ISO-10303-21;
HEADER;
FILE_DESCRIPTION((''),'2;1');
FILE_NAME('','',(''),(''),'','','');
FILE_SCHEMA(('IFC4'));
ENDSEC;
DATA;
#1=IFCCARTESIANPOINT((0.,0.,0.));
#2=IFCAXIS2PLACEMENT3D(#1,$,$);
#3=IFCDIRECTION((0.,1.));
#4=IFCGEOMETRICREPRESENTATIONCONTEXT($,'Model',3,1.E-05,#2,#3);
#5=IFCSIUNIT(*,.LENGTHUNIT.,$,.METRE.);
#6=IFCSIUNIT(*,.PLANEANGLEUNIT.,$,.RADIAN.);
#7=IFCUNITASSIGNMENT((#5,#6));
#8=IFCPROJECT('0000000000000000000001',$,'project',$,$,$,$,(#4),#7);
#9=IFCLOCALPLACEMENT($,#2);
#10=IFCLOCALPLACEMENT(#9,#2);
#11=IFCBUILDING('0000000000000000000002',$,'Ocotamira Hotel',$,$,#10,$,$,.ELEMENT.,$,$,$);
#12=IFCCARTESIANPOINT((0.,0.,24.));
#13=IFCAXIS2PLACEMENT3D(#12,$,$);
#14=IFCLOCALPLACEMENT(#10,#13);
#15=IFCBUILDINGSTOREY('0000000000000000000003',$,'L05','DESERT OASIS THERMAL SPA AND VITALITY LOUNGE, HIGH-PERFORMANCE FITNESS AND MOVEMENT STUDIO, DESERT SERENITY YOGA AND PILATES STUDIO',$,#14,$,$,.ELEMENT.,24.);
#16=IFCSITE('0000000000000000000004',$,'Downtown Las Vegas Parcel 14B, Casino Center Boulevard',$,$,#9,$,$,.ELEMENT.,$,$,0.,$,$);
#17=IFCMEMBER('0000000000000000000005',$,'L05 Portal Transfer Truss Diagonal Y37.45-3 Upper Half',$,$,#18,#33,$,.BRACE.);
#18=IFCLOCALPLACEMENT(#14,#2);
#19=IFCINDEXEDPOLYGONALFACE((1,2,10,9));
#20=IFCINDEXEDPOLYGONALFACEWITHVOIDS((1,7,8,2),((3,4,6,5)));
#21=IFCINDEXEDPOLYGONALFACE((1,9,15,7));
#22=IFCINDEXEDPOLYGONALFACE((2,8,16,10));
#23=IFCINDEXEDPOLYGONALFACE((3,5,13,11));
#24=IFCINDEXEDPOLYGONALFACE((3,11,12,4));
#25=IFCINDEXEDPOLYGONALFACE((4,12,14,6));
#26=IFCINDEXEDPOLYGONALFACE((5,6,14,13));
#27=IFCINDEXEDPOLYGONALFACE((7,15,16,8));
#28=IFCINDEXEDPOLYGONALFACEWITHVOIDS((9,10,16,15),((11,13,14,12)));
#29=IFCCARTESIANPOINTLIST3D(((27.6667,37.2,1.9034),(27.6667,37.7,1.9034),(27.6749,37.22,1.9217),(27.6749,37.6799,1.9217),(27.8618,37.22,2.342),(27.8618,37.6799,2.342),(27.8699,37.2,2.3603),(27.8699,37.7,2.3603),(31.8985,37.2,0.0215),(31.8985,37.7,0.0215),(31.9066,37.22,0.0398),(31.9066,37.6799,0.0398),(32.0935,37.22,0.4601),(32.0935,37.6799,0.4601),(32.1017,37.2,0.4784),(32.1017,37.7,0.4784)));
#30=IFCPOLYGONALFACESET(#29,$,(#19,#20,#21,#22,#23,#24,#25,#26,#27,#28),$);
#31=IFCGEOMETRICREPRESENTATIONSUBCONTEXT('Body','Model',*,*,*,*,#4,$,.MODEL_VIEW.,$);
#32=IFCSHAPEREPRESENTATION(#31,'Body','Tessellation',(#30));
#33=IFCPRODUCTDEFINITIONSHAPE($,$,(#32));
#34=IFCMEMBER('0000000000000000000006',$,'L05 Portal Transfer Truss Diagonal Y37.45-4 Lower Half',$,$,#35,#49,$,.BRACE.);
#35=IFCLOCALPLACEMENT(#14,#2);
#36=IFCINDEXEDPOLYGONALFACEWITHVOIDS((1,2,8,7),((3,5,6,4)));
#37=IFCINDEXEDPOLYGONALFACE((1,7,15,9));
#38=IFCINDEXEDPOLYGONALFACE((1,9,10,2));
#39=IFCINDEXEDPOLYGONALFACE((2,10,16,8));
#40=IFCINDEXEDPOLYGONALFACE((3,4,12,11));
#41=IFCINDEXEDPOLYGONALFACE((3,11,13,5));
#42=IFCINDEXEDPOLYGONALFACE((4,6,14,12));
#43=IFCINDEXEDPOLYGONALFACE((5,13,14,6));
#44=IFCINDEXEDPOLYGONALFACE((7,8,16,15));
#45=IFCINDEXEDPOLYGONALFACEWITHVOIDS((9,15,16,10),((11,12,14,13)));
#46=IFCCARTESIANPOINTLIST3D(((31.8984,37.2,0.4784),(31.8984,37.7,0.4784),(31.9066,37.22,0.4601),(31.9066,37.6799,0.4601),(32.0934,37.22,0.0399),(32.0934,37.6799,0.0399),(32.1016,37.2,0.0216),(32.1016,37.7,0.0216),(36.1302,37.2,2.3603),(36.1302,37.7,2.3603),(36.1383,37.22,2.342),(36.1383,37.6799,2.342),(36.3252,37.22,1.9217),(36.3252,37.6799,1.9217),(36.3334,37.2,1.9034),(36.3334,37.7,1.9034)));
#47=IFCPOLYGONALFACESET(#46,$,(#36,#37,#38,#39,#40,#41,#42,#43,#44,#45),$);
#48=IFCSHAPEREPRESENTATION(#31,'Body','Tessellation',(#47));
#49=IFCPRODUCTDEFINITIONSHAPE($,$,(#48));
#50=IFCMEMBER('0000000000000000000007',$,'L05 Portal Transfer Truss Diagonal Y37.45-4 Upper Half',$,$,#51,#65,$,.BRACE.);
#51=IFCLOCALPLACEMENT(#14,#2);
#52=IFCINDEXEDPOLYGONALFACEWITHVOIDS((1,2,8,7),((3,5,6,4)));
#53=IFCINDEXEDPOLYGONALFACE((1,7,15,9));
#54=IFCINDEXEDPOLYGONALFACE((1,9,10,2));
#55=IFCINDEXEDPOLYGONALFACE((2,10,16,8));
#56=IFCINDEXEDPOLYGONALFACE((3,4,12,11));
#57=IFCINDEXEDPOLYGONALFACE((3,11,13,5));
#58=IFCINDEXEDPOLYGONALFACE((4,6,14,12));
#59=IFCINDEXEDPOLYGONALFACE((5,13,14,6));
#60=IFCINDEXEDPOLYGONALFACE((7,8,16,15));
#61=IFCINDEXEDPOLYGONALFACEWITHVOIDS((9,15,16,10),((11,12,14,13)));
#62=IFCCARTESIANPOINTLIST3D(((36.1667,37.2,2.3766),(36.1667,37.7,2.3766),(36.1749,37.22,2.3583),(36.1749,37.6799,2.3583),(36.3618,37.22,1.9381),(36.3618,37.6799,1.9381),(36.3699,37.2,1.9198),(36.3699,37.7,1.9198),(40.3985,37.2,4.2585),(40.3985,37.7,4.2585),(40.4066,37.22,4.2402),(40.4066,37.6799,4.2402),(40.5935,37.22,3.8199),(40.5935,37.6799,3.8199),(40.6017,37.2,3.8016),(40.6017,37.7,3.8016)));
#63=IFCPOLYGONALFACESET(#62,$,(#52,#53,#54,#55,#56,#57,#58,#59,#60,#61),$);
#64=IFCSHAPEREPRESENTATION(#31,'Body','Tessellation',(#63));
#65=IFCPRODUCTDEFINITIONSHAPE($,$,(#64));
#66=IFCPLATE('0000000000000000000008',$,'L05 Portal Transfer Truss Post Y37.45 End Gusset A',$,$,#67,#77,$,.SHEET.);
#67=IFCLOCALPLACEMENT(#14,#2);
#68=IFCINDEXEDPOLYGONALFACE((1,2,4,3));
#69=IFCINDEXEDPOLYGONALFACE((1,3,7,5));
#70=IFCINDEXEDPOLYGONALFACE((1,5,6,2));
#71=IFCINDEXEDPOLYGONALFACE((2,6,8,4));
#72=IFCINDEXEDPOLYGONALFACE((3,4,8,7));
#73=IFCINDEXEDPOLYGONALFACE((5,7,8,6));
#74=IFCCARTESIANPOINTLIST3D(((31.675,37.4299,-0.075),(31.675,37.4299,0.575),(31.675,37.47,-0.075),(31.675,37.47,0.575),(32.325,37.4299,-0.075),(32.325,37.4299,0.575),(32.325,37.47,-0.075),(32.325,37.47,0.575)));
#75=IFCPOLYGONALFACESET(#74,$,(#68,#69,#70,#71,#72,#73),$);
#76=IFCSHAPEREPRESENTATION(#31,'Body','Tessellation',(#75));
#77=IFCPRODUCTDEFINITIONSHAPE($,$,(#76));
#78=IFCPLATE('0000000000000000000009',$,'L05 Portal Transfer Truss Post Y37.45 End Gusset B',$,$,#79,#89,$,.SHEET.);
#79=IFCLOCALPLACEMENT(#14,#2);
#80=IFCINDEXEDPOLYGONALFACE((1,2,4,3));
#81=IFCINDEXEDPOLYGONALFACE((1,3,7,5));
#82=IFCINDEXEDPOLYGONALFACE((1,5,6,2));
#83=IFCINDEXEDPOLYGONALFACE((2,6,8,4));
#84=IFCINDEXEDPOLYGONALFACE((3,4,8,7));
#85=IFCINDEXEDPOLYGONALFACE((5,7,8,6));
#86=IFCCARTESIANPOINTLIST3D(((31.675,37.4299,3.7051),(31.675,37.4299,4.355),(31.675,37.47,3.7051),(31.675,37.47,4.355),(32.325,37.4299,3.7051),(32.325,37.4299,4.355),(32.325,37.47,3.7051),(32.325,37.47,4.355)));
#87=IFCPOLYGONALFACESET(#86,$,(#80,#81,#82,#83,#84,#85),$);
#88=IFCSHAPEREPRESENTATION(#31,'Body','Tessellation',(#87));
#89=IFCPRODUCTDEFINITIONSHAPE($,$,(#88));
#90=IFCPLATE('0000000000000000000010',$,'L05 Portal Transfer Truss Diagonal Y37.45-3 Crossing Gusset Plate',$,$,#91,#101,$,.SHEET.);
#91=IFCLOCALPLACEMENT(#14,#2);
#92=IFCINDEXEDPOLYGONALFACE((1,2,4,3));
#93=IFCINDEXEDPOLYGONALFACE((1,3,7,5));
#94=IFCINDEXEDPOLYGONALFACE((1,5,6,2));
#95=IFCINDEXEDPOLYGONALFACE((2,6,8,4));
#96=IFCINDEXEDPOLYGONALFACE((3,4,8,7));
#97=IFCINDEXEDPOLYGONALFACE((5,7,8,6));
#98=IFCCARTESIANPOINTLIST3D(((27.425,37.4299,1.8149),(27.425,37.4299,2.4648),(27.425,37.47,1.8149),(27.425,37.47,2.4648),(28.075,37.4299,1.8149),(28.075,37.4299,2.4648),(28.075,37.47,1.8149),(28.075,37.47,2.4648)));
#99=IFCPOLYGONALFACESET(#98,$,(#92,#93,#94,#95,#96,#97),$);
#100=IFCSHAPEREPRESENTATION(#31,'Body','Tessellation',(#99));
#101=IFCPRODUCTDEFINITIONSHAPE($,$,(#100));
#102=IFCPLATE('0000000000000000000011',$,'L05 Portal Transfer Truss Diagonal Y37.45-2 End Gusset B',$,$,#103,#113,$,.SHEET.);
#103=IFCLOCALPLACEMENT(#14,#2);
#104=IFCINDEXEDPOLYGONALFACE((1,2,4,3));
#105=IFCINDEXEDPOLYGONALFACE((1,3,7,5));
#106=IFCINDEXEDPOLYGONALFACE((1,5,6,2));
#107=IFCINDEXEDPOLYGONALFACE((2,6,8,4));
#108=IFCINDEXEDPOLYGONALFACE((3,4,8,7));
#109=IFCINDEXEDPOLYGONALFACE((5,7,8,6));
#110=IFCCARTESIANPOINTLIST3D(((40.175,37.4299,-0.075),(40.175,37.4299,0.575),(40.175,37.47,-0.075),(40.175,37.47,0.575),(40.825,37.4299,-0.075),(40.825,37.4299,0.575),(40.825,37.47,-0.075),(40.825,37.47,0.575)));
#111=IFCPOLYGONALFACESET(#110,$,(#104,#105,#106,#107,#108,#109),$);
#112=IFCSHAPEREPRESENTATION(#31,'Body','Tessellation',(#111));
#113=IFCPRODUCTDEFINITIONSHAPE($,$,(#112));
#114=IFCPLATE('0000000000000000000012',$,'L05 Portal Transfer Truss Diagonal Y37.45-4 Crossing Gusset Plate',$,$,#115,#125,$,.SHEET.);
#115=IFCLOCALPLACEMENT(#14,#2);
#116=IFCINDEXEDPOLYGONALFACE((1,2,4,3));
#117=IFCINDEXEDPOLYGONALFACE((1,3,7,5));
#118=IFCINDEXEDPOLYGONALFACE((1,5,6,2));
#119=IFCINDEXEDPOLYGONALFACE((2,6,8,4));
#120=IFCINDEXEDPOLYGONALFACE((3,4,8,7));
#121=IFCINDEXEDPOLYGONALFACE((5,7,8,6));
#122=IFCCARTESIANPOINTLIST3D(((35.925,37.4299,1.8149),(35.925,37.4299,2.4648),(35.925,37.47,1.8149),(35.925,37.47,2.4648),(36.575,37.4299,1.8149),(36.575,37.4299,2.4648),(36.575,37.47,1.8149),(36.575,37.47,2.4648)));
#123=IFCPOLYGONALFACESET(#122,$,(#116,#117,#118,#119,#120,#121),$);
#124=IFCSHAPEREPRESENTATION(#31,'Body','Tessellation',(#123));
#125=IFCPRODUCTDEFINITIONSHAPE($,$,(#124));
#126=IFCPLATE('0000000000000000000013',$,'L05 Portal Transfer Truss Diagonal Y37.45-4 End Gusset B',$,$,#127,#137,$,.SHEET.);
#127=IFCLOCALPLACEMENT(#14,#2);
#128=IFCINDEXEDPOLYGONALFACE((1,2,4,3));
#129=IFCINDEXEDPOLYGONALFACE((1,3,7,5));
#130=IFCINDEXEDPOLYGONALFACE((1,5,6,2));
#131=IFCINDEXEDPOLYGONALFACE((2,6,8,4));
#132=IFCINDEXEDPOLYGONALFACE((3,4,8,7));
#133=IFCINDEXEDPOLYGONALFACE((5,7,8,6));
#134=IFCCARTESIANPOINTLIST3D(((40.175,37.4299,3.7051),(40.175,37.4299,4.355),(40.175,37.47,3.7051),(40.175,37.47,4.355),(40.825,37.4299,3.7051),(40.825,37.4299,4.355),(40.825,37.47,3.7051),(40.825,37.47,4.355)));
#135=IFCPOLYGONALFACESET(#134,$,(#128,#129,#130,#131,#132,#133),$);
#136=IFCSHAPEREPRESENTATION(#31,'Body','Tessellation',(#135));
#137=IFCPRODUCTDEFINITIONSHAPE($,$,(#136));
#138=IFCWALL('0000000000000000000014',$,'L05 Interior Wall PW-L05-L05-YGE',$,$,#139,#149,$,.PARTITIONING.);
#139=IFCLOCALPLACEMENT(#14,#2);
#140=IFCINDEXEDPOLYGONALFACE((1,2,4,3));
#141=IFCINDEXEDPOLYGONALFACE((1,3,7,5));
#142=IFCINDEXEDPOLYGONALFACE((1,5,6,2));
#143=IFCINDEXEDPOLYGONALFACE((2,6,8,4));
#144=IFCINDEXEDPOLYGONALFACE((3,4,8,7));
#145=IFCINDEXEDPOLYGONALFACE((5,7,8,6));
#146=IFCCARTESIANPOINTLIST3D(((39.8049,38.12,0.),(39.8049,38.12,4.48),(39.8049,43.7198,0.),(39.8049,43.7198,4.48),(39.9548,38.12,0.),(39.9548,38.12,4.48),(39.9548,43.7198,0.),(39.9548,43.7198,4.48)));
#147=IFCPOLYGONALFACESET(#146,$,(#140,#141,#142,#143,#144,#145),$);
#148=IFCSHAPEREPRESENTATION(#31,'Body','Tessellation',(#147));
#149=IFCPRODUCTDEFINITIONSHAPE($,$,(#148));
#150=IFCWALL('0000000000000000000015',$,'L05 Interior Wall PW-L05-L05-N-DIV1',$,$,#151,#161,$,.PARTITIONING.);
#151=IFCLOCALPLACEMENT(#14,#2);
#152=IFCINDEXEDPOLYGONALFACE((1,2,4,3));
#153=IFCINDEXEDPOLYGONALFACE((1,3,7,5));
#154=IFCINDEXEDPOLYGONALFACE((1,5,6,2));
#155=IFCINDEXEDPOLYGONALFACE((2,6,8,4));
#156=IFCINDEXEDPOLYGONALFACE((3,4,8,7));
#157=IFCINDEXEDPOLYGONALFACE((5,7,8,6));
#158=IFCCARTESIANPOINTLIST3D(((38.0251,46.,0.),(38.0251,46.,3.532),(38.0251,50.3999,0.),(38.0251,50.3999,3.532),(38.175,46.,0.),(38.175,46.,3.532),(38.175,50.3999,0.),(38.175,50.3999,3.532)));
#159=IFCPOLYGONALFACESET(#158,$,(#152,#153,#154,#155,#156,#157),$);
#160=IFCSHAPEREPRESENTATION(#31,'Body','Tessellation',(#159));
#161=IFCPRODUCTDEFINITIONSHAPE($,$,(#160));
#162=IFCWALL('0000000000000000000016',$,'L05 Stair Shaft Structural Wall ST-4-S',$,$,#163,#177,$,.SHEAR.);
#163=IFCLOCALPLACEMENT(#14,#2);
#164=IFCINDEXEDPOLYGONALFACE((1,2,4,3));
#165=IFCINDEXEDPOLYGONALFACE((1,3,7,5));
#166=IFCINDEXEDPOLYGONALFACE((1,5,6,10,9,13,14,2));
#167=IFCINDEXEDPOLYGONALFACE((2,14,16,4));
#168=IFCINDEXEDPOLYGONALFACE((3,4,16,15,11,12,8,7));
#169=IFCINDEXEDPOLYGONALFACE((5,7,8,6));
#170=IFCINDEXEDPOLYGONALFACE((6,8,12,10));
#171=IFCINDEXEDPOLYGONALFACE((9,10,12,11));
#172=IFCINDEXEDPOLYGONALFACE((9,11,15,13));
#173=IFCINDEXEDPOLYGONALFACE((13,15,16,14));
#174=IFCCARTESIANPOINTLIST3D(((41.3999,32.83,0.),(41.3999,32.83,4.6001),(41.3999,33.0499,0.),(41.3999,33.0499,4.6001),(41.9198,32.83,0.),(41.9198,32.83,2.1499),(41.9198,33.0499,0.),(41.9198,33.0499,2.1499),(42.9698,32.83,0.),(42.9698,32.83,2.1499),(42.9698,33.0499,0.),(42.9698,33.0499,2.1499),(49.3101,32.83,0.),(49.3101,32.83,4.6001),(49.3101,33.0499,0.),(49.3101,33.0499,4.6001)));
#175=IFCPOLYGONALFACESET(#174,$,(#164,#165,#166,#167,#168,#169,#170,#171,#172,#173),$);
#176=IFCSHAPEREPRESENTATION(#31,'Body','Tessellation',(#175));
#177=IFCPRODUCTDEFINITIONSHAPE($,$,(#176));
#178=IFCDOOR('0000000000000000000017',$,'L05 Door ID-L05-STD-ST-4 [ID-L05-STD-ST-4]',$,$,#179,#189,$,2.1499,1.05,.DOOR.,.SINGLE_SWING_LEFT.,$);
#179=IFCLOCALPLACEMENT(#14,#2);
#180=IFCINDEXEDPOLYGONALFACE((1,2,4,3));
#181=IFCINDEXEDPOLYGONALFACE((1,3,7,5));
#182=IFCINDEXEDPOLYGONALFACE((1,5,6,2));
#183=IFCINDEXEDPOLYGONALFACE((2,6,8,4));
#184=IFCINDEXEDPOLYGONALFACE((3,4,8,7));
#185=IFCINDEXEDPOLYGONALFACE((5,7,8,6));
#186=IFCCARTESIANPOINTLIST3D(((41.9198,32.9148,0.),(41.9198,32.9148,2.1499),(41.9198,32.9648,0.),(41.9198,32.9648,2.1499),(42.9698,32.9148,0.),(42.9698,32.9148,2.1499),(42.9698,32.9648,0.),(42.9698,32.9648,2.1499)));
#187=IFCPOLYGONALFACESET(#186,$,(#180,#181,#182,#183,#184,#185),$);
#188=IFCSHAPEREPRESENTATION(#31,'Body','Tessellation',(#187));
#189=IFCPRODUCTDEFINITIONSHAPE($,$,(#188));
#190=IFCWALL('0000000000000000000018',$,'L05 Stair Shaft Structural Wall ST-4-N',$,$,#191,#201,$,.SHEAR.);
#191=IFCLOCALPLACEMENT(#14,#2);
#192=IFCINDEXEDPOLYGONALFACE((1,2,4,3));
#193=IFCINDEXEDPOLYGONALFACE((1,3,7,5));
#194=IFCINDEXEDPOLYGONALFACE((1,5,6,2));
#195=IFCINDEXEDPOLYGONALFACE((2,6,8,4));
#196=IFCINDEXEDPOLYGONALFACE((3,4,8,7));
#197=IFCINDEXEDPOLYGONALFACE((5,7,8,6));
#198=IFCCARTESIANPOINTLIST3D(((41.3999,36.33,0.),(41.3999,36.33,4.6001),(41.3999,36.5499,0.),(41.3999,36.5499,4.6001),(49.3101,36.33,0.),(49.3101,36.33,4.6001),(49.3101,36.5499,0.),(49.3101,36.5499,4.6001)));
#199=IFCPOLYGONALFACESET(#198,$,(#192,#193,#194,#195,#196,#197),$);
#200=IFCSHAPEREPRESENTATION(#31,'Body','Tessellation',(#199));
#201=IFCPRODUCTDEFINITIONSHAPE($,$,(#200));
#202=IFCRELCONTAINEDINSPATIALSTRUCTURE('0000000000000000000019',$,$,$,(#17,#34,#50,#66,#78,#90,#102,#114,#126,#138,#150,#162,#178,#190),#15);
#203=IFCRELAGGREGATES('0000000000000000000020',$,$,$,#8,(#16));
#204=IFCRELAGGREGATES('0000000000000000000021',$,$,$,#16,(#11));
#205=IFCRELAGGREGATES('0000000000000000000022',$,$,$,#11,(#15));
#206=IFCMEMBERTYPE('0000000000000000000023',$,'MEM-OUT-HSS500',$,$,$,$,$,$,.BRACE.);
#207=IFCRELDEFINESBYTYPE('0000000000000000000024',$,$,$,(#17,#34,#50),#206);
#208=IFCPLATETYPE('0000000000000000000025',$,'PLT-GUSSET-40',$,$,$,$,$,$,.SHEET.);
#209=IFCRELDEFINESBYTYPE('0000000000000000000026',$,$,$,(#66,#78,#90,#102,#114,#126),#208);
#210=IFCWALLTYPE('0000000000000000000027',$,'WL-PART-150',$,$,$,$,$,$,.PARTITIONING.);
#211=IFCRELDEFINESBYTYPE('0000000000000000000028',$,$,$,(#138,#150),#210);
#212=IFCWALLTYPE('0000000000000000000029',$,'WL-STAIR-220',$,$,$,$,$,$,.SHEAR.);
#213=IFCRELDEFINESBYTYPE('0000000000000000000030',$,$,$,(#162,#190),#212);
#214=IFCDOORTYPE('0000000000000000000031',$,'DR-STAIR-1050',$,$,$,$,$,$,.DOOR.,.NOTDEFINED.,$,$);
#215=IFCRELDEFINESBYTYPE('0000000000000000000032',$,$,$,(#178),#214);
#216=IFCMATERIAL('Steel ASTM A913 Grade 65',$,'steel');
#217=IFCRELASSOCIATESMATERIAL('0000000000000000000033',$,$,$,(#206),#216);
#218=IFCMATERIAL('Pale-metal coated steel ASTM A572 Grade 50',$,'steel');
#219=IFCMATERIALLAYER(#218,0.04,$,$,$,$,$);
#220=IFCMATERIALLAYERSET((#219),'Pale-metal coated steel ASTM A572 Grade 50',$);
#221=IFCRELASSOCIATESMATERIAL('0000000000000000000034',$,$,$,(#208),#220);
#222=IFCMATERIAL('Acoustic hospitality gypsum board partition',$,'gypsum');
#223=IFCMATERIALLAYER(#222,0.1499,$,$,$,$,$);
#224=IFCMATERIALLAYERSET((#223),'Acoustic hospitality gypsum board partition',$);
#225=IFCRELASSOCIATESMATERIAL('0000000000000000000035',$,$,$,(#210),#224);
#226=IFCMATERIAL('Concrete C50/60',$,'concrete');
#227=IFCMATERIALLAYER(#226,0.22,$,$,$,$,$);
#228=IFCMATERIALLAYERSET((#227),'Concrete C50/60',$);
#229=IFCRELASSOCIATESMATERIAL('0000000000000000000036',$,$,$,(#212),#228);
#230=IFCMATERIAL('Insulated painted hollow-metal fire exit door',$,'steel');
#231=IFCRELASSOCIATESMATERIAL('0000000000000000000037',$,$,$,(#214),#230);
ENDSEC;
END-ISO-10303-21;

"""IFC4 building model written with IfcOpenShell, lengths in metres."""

from ifc_helpers import new_model, si_unit, direction, frame, frame_2d, origin, origin_2d, place, context, subcontext, project, spatial, rectangle, hollow_rectangle, extrude, source, transform, mapped, material, layer, layer_set, material_profile, profile_set, type_object, element, fill, save


model = new_model("IFC4")

# Units and contexts
model_context = context("Model", 3, precision=1e-05, world=origin(), true_north=direction((0.0, 1.0)))
body_context = subcontext(model_context, "Body", "Model", "MODEL_VIEW")
ifc_project = project(units=[si_unit("LENGTHUNIT", "METRE"), si_unit("PLANEANGLEUNIT", "RADIAN")], contexts=[model_context])

# Site, building, storey
site_placement = place(None, origin())
site = spatial("IfcSite", under=ifc_project, at=site_placement, Name="Downtown Las Vegas Parcel 14B, Casino Center Boulevard", CompositionType="ELEMENT", RefElevation=0.0)
building_placement = place(site_placement, origin())
building = spatial("IfcBuilding", under=site, at=building_placement, Name="Ocotamira Hotel", CompositionType="ELEMENT")
storey_placement = place(building_placement, frame((0.0, 0.0, 24.0)))
storey = spatial("IfcBuildingStorey", under=building, at=storey_placement, Name="L05", Description="DESERT OASIS THERMAL SPA AND VITALITY LOUNGE, HIGH-PERFORMANCE FITNESS AND MOVEMENT STUDIO, DESERT SERENITY YOGA AND PILATES STUDIO", CompositionType="ELEMENT", Elevation=24.0)

# Members
ifc_material_1 = material(Name="Steel ASTM A913 Grade 65", Category="steel")
ifc_material_profile_1 = material_profile(ifc_material_1, hollow_rectangle(XDim=0.5, YDim=0.5, WallThickness=0.02, at=origin_2d()), Name="HSS500X500X20")
ifc_profile_set_1 = profile_set([ifc_material_profile_1], Name="Steel ASTM A913 Grade 65")
member_type_1 = type_object("IfcMemberType", Name="MEM-OUT-HSS500", PredefinedType="BRACE", material=ifc_profile_set_1)
shared_shape_1 = source(origin(), body_context, "Body", "SweptSolid", [
    extrude(hollow_rectangle(XDim=0.5, YDim=0.5, WallThickness=0.02, at=origin_2d()), origin(), (0.0, 0.0, 1.0), 4.6313),
])
for number, where, z_axis, x_axis, name in (
    (1, (27.7683, 37.45, 2.1318), (0.913725, 0.0, -0.406334), (0.0, 1.0, 0.0), "L05 Portal Transfer Truss Diagonal Y37.45-3 Upper Half"),
    (2, (32.0, 37.45, 0.25), (0.913725, 0.0, 0.406334), (0.0, 1.0, 0.0), "L05 Portal Transfer Truss Diagonal Y37.45-4 Lower Half"),
    (3, (36.2683, 37.45, 2.1482), (0.913725, 0.0, 0.406334), (0.0, 1.0, 0.0), "L05 Portal Transfer Truss Diagonal Y37.45-4 Upper Half"),
):
    element("IfcMember", number, at=place(storey_placement, frame(where, z_axis=z_axis, x_axis=x_axis)), inside=storey, type_object=member_type_1, Name=name, PredefinedType="BRACE", context=body_context, shape_type="MappedRepresentation", body=[
        mapped(shared_shape_1, transform((0.0, 0.0, 0.0), scale=1.0)),
    ])

# Plates
ifc_material_2 = material(Name="Pale-metal coated steel ASTM A572 Grade 50", Category="steel")
ifc_layer_1 = layer(ifc_material_2, 0.04)
ifc_layer_set_1 = layer_set([ifc_layer_1], Name="Pale-metal coated steel ASTM A572 Grade 50")
plate_type = type_object("IfcPlateType", Name="PLT-GUSSET-40", PredefinedType="SHEET", material=ifc_layer_set_1)
shared_shape_2 = source(origin(), body_context, "Body", "SweptSolid", [
    extrude(rectangle(XDim=0.6499, YDim=0.04, at=origin_2d()), origin(), (0.0, 0.0, 1.0), 0.6499),
])
for number, where, z_axis, x_axis, name in (
    (4, (32.0, 37.45, -0.075), (0.0, 0.0, 1.0), (1.0, 0.0, 0.0), "L05 Portal Transfer Truss Post Y37.45 End Gusset A"),
    (5, (32.0, 37.45, 3.7051), (0.0, 0.0, 1.0), (1.0, 0.0, 0.0), "L05 Portal Transfer Truss Post Y37.45 End Gusset B"),
    (6, (27.75, 37.45, 1.8149), (0.0, 0.0, 1.0), (1.0, 0.0, 0.0), "L05 Portal Transfer Truss Diagonal Y37.45-3 Crossing Gusset Plate"),
    (7, (40.5, 37.45, -0.075), (0.0, 0.0, 1.0), (1.0, 0.0, 0.0), "L05 Portal Transfer Truss Diagonal Y37.45-2 End Gusset B"),
    (8, (36.25, 37.45, 1.8149), (0.0, 0.0, 1.0), (1.0, 0.0, 0.0), "L05 Portal Transfer Truss Diagonal Y37.45-4 Crossing Gusset Plate"),
    (9, (40.5, 37.45, 3.7051), (0.0, 0.0, 1.0), (1.0, 0.0, 0.0), "L05 Portal Transfer Truss Diagonal Y37.45-4 End Gusset B"),
):
    element("IfcPlate", number, at=place(storey_placement, frame(where, z_axis=z_axis, x_axis=x_axis)), inside=storey, type_object=plate_type, Name=name, PredefinedType="SHEET", context=body_context, shape_type="MappedRepresentation", body=[
        mapped(shared_shape_2, transform((0.0, 0.0, 0.0), scale=1.0)),
    ])

# Walls
ifc_material_3 = material(Name="Acoustic hospitality gypsum board partition", Category="gypsum")
ifc_layer_2 = layer(ifc_material_3, 0.1499)
ifc_layer_set_2 = layer_set([ifc_layer_2], Name="Acoustic hospitality gypsum board partition")
wall_type_1 = type_object("IfcWallType", Name="WL-PART-150", PredefinedType="PARTITIONING", material=ifc_layer_set_2)
wall_1_placement = place(storey_placement, frame((39.8799, 38.1201, 0.0), z_axis=(0.0, 0.0, 1.0), x_axis=(0.0, 1.0, 0.0)))
element("IfcWall", 10, at=wall_1_placement, inside=storey, type_object=wall_type_1, Name="L05 Interior Wall PW-L05-L05-YGE", PredefinedType="PARTITIONING", context=body_context, shape_type="SweptSolid", body=[
    extrude(rectangle(XDim=5.5999, YDim=0.1499, at=frame_2d((2.7998, 0.0))), origin(), (0.0, 0.0, 1.0), 4.48),
])
wall_2_placement = place(storey_placement, frame((38.1001, 46.0, 0.0), z_axis=(0.0, 0.0, 1.0), x_axis=(0.0, 1.0, 0.0)))
element("IfcWall", 11, at=wall_2_placement, inside=storey, type_object=wall_type_1, Name="L05 Interior Wall PW-L05-L05-N-DIV1", PredefinedType="PARTITIONING", context=body_context, shape_type="SweptSolid", body=[
    extrude(rectangle(XDim=4.3999, YDim=0.1499, at=frame_2d((2.2, 0.0))), origin(), (0.0, 0.0, 1.0), 3.532),
])

# Wall, opening, door
ifc_material_4 = material(Name="Concrete C50/60", Category="concrete")
ifc_layer_3 = layer(ifc_material_4, 0.22)
ifc_layer_set_3 = layer_set([ifc_layer_3], Name="Concrete C50/60")
wall_type_2 = type_object("IfcWallType", Name="WL-STAIR-220", PredefinedType="SHEAR", material=ifc_layer_set_3)
wall_3_placement = place(storey_placement, frame((41.3999, 32.9399, 0.0), z_axis=(0.0, 0.0, 1.0), x_axis=(1.0, 0.0, 0.0)))
wall_3 = element("IfcWall", 12, at=wall_3_placement, inside=storey, type_object=wall_type_2, Name="L05 Stair Shaft Structural Wall ST-4-S", PredefinedType="SHEAR", context=body_context, shape_type="SweptSolid", body=[
    extrude(rectangle(XDim=7.9102, YDim=0.22, at=frame_2d((3.9551, 0.0))), origin(), (0.0, 0.0, 1.0), 4.6001),
])
opening_1_placement = place(wall_3_placement, frame((0.52, 0.0, 0.0)))
opening_1 = element("IfcOpeningElement", 13, at=opening_1_placement, cuts=wall_3, PredefinedType="OPENING", context=body_context, shape_type="SweptSolid", body=[
    extrude(rectangle(XDim=1.05, YDim=2.1499, at=frame_2d((0.5249, 1.075))), frame((0.0, 0.1201, 0.0), z_axis=(0.0, -1.0, 0.0), x_axis=(1.0, 0.0, 0.0)), (0.0, 0.0, 1.0), 0.24),
])
ifc_material_5 = material(Name="Insulated painted hollow-metal fire exit door", Category="steel")
door_type_1 = type_object("IfcDoorType", Name="DR-STAIR-1050", OperationType="NOTDEFINED", PredefinedType="DOOR", material=ifc_material_5)
shared_shape_3 = source(origin(), body_context, "Body", "SweptSolid", [
    extrude(rectangle(XDim=1.05, YDim=2.1499, at=frame_2d((0.5249, 1.075))), frame((0.0, 0.0249, 0.0), z_axis=(0.0, -1.0, 0.0), x_axis=(1.0, 0.0, 0.0)), (0.0, 0.0, 1.0), 0.05),
])
door_1_placement = place(opening_1_placement, origin())
door_1 = element("IfcDoor", 14, at=door_1_placement, inside=storey, type_object=door_type_1, Name="L05 Door ID-L05-STD-ST-4 [ID-L05-STD-ST-4]", OperationType="SINGLE_SWING_LEFT", OverallHeight=2.1499, OverallWidth=1.05, PredefinedType="DOOR", context=body_context, shape_type="MappedRepresentation", body=[
    mapped(shared_shape_3, transform((0.0, 0.0, 0.0), scale=1.0)),
])
fill(opening_1, door_1)

# Wall
wall_4_placement = place(storey_placement, frame((41.3999, 36.4399, 0.0), z_axis=(0.0, 0.0, 1.0), x_axis=(1.0, 0.0, 0.0)))
element("IfcWall", 15, at=wall_4_placement, inside=storey, type_object=wall_type_2, Name="L05 Stair Shaft Structural Wall ST-4-N", PredefinedType="SHEAR", context=body_context, shape_type="SweptSolid", body=[
    extrude(rectangle(XDim=7.9102, YDim=0.22, at=frame_2d((3.9551, 0.0))), origin(), (0.0, 0.0, 1.0), 4.6001),
])

save(model, "model.ifc")
